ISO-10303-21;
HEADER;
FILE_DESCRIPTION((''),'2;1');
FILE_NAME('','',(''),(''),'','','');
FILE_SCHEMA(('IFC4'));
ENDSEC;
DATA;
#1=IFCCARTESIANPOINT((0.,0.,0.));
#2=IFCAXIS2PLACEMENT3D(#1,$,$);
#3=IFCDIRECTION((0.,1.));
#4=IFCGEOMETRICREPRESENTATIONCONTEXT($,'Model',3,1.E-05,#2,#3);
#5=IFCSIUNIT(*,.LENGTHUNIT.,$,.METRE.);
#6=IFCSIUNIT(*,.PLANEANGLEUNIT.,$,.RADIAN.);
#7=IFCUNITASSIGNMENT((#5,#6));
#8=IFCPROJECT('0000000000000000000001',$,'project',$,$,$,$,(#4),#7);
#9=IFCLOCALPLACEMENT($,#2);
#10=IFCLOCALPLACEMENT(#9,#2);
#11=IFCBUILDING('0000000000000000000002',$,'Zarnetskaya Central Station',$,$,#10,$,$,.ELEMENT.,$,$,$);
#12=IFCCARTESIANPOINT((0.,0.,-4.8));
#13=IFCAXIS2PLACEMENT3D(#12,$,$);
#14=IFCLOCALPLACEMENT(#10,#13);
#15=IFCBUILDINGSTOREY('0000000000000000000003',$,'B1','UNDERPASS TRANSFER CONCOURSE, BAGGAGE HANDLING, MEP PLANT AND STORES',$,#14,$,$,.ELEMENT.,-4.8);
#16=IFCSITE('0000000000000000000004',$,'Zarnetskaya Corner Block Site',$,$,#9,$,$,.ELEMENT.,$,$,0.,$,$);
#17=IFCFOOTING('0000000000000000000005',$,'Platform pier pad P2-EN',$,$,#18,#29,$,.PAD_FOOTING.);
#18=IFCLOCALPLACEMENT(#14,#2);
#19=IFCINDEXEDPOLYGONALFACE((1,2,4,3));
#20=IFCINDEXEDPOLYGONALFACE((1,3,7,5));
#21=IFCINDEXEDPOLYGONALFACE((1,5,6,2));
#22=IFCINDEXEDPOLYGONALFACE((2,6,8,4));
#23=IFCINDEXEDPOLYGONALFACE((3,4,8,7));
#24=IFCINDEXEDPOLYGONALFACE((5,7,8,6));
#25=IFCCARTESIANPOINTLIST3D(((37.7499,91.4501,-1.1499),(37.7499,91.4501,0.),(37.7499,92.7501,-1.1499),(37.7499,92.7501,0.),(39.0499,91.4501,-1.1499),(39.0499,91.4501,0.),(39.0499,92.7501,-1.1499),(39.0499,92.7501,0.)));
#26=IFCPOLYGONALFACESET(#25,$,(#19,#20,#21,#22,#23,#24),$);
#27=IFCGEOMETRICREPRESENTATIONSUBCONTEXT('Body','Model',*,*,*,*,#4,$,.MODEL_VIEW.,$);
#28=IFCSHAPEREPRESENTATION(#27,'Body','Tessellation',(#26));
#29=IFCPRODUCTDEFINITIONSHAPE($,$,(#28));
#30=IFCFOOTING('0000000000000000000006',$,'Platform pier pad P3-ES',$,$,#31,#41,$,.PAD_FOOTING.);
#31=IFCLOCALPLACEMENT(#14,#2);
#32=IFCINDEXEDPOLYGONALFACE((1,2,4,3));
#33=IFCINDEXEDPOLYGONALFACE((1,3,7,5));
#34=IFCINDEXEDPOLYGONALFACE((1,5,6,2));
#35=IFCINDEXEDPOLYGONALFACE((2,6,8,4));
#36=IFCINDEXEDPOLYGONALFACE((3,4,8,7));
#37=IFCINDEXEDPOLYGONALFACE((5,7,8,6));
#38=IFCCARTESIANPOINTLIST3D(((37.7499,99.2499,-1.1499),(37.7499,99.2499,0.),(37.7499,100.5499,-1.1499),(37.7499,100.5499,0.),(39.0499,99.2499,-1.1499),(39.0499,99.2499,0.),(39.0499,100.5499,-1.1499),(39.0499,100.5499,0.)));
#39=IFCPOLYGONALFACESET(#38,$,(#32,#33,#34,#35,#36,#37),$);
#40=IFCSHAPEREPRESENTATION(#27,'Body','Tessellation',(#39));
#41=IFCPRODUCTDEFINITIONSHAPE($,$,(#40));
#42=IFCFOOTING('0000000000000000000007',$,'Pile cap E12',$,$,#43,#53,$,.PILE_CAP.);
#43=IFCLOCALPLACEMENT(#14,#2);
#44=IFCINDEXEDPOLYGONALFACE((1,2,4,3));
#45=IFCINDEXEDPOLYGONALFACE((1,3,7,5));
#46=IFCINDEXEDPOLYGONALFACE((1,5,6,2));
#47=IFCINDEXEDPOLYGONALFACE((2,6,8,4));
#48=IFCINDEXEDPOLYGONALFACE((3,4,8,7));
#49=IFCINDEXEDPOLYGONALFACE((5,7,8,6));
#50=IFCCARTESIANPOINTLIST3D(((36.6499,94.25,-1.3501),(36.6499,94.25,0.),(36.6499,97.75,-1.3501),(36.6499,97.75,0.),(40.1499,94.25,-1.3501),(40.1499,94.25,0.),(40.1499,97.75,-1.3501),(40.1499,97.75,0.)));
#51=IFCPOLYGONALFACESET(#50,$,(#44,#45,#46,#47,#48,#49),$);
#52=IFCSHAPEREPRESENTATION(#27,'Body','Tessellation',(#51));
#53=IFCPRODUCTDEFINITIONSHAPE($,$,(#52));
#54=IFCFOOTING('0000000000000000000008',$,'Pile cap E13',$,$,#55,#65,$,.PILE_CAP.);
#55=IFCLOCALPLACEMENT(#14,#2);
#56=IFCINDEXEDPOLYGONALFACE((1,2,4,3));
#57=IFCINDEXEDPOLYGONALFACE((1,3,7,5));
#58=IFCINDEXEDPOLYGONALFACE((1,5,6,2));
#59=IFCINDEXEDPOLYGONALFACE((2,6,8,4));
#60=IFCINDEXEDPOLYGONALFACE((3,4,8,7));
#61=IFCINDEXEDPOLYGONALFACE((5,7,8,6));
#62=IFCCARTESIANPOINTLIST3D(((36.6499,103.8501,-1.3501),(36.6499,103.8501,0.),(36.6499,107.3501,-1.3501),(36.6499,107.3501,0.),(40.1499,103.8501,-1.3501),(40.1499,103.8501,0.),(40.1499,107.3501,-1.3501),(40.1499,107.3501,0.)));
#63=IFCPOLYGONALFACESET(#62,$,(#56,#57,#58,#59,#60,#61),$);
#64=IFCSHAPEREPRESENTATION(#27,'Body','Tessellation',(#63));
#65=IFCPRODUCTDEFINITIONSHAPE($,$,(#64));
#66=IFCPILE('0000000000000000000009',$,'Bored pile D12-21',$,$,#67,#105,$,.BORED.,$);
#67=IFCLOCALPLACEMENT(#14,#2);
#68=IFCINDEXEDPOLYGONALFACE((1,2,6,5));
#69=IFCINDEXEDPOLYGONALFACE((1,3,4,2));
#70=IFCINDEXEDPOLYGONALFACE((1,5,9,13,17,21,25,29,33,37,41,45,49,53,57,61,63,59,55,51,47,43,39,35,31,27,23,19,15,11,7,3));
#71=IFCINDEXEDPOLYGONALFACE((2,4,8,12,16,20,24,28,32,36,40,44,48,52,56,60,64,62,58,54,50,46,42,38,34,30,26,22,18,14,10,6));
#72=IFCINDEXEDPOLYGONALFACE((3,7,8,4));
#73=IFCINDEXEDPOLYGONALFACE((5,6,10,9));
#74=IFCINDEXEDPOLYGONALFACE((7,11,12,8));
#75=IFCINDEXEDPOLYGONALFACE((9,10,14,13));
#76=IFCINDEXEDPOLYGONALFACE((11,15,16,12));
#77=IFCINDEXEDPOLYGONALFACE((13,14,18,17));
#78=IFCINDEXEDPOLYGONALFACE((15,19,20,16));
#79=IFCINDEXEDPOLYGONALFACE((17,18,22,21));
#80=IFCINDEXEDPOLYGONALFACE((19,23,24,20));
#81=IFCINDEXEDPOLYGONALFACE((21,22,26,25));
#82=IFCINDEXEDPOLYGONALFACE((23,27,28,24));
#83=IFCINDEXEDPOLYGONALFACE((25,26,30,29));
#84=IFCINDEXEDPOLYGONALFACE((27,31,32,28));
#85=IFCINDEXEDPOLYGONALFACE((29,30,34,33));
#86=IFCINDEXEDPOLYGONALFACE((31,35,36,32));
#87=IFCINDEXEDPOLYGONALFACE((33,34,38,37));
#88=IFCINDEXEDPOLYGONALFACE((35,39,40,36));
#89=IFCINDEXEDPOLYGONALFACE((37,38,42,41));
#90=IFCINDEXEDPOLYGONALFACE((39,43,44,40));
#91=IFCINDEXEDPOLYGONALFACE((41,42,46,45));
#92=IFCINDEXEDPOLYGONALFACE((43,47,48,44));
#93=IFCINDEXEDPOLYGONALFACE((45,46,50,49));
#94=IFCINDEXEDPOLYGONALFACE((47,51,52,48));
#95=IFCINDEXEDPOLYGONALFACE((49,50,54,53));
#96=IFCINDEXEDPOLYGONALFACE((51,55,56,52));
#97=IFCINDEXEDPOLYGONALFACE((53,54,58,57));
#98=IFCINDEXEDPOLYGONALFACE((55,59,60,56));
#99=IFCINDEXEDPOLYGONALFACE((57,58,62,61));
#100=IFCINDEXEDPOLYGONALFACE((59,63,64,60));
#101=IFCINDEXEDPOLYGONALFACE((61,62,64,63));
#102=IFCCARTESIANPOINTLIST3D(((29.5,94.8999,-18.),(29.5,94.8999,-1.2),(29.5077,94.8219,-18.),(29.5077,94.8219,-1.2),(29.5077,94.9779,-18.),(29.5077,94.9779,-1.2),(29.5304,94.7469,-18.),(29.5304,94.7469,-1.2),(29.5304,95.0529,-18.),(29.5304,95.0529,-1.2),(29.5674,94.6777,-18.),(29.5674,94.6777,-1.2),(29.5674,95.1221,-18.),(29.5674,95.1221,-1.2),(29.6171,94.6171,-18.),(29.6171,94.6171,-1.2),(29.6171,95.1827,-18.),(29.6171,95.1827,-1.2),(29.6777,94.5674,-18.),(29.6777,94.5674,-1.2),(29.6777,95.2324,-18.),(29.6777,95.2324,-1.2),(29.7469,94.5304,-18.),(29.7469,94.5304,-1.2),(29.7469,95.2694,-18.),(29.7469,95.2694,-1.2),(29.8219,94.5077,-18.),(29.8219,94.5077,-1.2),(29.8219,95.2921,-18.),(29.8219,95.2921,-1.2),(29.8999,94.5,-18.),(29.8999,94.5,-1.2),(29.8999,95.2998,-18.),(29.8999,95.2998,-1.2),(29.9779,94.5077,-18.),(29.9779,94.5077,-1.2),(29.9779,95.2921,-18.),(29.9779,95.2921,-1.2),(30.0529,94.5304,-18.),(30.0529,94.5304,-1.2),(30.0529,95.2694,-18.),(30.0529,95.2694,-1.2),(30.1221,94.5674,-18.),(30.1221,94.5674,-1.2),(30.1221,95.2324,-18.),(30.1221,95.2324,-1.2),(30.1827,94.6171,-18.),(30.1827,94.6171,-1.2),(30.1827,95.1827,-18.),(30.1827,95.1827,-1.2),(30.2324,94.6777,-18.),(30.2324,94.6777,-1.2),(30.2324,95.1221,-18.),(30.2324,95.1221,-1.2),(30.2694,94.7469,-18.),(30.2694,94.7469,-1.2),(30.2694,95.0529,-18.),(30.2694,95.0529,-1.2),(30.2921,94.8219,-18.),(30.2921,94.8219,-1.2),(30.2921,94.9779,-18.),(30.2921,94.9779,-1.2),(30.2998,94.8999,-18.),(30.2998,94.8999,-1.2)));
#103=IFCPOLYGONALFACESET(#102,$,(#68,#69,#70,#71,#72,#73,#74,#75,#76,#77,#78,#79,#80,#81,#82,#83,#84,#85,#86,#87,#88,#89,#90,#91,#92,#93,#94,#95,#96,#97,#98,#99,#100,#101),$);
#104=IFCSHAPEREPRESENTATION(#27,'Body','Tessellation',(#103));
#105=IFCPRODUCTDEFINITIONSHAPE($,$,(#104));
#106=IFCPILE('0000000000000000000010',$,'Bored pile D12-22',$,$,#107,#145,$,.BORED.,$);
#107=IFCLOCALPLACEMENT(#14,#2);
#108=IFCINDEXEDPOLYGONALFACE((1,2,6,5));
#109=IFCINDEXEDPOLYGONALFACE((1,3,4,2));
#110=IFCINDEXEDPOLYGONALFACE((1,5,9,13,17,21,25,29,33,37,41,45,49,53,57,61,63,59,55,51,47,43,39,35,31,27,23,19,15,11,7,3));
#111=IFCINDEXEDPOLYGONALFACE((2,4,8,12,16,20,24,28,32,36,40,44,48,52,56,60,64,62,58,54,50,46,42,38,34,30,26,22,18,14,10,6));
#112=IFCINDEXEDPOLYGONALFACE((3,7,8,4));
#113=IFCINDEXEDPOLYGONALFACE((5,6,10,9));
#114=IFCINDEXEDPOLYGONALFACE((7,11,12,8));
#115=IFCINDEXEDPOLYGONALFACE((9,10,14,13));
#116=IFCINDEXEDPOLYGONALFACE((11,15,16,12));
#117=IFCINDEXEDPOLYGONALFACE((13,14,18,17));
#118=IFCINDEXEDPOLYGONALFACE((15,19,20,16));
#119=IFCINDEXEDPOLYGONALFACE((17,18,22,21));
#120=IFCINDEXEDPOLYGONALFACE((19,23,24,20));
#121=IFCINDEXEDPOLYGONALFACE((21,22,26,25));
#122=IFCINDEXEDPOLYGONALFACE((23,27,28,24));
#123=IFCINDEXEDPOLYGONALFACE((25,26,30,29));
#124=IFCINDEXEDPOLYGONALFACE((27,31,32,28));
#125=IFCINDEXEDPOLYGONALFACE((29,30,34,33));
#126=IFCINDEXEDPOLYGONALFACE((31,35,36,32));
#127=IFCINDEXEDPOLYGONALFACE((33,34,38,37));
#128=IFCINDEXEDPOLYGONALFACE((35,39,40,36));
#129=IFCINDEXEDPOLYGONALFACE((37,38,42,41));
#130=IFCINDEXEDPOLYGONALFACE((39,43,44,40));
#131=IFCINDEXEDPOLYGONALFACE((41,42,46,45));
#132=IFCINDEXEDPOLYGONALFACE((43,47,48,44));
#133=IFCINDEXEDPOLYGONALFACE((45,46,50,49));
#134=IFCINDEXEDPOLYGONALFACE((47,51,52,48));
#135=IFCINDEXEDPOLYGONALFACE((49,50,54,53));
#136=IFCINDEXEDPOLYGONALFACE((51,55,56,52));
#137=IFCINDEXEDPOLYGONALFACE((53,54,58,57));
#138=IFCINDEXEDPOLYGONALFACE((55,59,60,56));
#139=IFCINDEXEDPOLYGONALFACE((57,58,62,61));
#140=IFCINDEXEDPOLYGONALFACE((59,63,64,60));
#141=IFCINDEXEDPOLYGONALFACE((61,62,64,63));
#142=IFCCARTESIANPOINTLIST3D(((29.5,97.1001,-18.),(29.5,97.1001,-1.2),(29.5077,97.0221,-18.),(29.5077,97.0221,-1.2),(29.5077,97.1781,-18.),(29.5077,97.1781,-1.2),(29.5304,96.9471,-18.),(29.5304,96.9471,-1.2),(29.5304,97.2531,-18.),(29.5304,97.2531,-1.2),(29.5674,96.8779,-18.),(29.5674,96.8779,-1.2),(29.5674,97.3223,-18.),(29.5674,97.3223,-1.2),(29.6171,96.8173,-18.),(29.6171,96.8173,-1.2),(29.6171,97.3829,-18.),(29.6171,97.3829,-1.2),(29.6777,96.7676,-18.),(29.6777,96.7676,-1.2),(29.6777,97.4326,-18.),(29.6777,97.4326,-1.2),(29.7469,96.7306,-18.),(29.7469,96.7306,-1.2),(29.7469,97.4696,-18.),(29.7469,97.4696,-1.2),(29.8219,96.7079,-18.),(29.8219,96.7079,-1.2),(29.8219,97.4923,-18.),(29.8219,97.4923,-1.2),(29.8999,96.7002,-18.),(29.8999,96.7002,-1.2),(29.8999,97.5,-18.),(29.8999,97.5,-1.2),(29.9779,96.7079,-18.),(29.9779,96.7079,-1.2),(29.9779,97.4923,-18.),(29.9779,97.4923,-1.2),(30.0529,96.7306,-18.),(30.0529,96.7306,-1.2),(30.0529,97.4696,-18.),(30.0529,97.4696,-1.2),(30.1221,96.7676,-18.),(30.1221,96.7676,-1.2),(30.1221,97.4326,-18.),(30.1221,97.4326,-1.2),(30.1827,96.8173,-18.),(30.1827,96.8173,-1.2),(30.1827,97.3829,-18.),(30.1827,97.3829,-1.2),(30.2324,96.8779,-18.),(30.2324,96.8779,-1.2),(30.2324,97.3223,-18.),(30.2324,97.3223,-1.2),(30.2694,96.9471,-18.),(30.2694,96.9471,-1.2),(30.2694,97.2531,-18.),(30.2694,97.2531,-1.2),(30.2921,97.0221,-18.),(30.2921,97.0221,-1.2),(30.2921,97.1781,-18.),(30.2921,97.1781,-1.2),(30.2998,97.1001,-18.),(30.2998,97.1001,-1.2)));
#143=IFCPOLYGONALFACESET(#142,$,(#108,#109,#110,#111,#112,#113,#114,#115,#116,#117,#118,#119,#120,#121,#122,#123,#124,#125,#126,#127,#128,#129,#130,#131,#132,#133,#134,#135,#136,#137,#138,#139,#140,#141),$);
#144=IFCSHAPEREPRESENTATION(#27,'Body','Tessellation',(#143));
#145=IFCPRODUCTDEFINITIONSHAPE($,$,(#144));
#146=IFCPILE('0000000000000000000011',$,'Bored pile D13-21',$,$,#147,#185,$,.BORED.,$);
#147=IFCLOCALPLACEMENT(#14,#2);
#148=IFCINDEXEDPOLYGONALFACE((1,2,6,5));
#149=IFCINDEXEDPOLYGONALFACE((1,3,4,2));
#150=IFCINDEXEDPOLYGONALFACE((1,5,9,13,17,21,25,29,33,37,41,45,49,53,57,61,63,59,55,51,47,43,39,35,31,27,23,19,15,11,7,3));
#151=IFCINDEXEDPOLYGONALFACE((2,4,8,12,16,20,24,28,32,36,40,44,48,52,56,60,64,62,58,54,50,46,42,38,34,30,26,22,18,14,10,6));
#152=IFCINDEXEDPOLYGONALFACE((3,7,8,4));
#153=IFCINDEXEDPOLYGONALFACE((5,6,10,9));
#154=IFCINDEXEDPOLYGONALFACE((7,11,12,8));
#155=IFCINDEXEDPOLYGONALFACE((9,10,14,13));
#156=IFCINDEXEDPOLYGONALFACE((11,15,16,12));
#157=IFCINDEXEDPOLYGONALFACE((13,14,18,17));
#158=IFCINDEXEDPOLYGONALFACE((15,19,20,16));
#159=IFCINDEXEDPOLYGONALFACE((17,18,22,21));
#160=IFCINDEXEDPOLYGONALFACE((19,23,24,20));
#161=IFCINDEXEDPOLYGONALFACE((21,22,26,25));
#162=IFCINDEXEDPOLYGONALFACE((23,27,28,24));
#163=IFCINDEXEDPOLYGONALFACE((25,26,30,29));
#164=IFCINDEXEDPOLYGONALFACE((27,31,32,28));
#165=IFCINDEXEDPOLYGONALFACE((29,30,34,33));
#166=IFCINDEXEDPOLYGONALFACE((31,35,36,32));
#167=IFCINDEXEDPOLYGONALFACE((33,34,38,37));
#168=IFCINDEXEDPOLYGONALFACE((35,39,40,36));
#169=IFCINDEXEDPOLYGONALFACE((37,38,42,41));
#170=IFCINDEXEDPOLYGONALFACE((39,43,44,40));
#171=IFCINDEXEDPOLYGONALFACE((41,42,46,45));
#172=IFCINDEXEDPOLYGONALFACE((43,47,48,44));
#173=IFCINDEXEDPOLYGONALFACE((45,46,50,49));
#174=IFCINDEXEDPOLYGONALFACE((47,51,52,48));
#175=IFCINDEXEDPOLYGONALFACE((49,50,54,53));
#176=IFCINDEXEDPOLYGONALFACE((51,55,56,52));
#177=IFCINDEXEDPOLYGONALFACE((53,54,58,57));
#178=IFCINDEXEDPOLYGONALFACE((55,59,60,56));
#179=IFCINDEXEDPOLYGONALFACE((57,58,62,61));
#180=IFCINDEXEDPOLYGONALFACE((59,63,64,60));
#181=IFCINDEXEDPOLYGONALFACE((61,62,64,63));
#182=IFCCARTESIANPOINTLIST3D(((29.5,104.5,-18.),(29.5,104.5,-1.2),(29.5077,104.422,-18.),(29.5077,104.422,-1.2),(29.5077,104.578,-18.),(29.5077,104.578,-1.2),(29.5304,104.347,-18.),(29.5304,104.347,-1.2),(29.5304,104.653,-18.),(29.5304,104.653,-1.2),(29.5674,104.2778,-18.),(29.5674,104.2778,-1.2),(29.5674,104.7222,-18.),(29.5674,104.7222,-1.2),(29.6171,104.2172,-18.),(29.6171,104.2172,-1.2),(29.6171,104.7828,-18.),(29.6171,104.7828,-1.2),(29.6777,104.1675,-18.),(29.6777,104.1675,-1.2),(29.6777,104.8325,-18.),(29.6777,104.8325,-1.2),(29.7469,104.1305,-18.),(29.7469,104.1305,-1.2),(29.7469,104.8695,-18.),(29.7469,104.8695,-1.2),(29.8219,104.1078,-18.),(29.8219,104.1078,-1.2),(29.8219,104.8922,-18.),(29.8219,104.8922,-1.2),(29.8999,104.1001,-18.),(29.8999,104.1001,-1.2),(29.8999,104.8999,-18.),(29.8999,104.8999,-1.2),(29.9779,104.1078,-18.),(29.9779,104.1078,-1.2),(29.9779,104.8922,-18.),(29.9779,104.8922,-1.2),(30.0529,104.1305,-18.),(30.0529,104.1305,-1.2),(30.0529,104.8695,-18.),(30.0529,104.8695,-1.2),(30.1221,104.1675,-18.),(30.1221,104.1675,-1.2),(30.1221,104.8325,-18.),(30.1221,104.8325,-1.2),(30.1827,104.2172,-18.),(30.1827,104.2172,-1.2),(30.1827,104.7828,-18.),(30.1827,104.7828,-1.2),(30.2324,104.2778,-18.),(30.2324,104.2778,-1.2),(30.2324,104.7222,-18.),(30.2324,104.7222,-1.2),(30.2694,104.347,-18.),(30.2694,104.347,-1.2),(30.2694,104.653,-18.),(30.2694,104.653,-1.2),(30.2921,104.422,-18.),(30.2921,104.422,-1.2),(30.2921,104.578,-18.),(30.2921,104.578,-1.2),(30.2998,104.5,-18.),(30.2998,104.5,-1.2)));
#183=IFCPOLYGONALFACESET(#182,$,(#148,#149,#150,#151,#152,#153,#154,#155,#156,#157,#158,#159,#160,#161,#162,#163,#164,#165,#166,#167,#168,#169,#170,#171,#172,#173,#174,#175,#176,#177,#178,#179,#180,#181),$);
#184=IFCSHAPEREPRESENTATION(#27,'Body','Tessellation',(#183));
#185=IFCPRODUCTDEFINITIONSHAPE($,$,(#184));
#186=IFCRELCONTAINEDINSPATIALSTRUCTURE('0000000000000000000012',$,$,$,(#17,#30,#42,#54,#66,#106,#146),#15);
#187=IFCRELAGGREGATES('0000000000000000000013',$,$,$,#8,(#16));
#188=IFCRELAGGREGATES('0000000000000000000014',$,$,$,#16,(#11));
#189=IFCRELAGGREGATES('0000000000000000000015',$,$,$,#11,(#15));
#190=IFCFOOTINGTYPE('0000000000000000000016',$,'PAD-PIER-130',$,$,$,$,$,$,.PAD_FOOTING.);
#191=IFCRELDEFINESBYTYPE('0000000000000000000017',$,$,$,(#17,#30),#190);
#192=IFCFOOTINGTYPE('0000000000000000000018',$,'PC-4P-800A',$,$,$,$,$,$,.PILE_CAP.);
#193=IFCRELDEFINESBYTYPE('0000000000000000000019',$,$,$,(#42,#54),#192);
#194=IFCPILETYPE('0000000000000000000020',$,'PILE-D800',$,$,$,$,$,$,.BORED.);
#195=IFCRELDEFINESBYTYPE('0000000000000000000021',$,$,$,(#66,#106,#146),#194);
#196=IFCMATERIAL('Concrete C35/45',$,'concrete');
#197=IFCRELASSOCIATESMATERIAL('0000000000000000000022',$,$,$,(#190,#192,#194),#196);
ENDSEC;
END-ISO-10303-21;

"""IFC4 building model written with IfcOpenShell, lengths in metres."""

from ifc_helpers import new_model, si_unit, direction, frame, origin, origin_2d, place, context, subcontext, project, spatial, rectangle, circle, extrude, material, material_profile, profile_set, type_object, element, save


model = new_model("IFC4")

# Units and contexts
model_context = context("Model", 3, precision=1e-05, world=origin(), true_north=direction((0.0, 1.0)))
body_context = subcontext(model_context, "Body", "Model", "MODEL_VIEW")
ifc_project = project(units=[si_unit("LENGTHUNIT", "METRE"), si_unit("PLANEANGLEUNIT", "RADIAN")], contexts=[model_context])

# Site, building, storey
site_placement = place(None, origin())
site = spatial("IfcSite", under=ifc_project, at=site_placement, Name="Zarnetskaya Corner Block Site", CompositionType="ELEMENT", RefElevation=0.0)
building_placement = place(site_placement, origin())
building = spatial("IfcBuilding", under=site, at=building_placement, Name="Zarnetskaya Central Station", CompositionType="ELEMENT")
storey_placement = place(building_placement, frame((0.0, 0.0, -4.8)))
storey = spatial("IfcBuildingStorey", under=building, at=storey_placement, Name="B1", Description="UNDERPASS TRANSFER CONCOURSE, BAGGAGE HANDLING, MEP PLANT AND STORES", CompositionType="ELEMENT", Elevation=-4.8)

# Footings
ifc_material = material(Name="Concrete C35/45", Category="concrete")
footing_type_1 = type_object("IfcFootingType", Name="PAD-PIER-130", PredefinedType="PAD_FOOTING", material=ifc_material)
for number, where, z_axis, x_axis, name in (
    (1, (38.3999, 92.1001, -1.1499), (0.0, 0.0, 1.0), (1.0, 0.0, 0.0), "Platform pier pad P2-EN"),
    (2, (38.3999, 99.8999, -1.1499), (0.0, 0.0, 1.0), (1.0, 0.0, 0.0), "Platform pier pad P3-ES"),
):
    element("IfcFooting", number, at=place(storey_placement, frame(where, z_axis=z_axis, x_axis=x_axis)), inside=storey, type_object=footing_type_1, Name=name, PredefinedType="PAD_FOOTING", context=body_context, shape_type="SweptSolid", body=[
        extrude(rectangle(XDim=1.3, YDim=1.3, at=origin_2d()), origin(), (0.0, 0.0, 1.0), 1.1499),
    ])
footing_type_2 = type_object("IfcFootingType", Name="PC-4P-800A", PredefinedType="PILE_CAP", material=ifc_material)
for number, where, z_axis, x_axis, name in (
    (3, (38.3999, 96.0, -1.3501), (0.0, 0.0, 1.0), (1.0, 0.0, 0.0), "Pile cap E12"),
    (4, (38.3999, 105.6001, -1.3501), (0.0, 0.0, 1.0), (1.0, 0.0, 0.0), "Pile cap E13"),
):
    element("IfcFooting", number, at=place(storey_placement, frame(where, z_axis=z_axis, x_axis=x_axis)), inside=storey, type_object=footing_type_2, Name=name, PredefinedType="PILE_CAP", context=body_context, shape_type="SweptSolid", body=[
        extrude(rectangle(XDim=3.5, YDim=3.5, at=origin_2d()), origin(), (0.0, 0.0, 1.0), 1.3501),
    ])

# Piles
ifc_material_profile_1 = material_profile(ifc_material, circle(Radius=0.3999, at=origin_2d()), Name="BORED PILE D800")
ifc_profile_set_1 = profile_set([ifc_material_profile_1], Name="Concrete C35/45")
pile_type = type_object("IfcPileType", Name="PILE-D800", PredefinedType="BORED", material=ifc_profile_set_1)
for number, where, z_axis, x_axis, name in (
    (5, (29.8999, 94.8999, -1.2), (0.0, 0.0, -1.0), (1.0, 0.0, 0.0), "Bored pile D12-21"),
    (6, (29.8999, 97.1001, -1.2), (0.0, 0.0, -1.0), (1.0, 0.0, 0.0), "Bored pile D12-22"),
    (7, (29.8999, 104.5, -1.2), (0.0, 0.0, -1.0), (1.0, 0.0, 0.0), "Bored pile D13-21"),
):
    element("IfcPile", number, at=place(storey_placement, frame(where, z_axis=z_axis, x_axis=x_axis)), inside=storey, type_object=pile_type, Name=name, PredefinedType="BORED", context=body_context, shape_type="SweptSolid", body=[
        extrude(circle(Radius=0.3999, at=origin_2d()), origin(), (0.0, 0.0, 1.0), 16.8),
    ])

save(model, "model.ifc")
